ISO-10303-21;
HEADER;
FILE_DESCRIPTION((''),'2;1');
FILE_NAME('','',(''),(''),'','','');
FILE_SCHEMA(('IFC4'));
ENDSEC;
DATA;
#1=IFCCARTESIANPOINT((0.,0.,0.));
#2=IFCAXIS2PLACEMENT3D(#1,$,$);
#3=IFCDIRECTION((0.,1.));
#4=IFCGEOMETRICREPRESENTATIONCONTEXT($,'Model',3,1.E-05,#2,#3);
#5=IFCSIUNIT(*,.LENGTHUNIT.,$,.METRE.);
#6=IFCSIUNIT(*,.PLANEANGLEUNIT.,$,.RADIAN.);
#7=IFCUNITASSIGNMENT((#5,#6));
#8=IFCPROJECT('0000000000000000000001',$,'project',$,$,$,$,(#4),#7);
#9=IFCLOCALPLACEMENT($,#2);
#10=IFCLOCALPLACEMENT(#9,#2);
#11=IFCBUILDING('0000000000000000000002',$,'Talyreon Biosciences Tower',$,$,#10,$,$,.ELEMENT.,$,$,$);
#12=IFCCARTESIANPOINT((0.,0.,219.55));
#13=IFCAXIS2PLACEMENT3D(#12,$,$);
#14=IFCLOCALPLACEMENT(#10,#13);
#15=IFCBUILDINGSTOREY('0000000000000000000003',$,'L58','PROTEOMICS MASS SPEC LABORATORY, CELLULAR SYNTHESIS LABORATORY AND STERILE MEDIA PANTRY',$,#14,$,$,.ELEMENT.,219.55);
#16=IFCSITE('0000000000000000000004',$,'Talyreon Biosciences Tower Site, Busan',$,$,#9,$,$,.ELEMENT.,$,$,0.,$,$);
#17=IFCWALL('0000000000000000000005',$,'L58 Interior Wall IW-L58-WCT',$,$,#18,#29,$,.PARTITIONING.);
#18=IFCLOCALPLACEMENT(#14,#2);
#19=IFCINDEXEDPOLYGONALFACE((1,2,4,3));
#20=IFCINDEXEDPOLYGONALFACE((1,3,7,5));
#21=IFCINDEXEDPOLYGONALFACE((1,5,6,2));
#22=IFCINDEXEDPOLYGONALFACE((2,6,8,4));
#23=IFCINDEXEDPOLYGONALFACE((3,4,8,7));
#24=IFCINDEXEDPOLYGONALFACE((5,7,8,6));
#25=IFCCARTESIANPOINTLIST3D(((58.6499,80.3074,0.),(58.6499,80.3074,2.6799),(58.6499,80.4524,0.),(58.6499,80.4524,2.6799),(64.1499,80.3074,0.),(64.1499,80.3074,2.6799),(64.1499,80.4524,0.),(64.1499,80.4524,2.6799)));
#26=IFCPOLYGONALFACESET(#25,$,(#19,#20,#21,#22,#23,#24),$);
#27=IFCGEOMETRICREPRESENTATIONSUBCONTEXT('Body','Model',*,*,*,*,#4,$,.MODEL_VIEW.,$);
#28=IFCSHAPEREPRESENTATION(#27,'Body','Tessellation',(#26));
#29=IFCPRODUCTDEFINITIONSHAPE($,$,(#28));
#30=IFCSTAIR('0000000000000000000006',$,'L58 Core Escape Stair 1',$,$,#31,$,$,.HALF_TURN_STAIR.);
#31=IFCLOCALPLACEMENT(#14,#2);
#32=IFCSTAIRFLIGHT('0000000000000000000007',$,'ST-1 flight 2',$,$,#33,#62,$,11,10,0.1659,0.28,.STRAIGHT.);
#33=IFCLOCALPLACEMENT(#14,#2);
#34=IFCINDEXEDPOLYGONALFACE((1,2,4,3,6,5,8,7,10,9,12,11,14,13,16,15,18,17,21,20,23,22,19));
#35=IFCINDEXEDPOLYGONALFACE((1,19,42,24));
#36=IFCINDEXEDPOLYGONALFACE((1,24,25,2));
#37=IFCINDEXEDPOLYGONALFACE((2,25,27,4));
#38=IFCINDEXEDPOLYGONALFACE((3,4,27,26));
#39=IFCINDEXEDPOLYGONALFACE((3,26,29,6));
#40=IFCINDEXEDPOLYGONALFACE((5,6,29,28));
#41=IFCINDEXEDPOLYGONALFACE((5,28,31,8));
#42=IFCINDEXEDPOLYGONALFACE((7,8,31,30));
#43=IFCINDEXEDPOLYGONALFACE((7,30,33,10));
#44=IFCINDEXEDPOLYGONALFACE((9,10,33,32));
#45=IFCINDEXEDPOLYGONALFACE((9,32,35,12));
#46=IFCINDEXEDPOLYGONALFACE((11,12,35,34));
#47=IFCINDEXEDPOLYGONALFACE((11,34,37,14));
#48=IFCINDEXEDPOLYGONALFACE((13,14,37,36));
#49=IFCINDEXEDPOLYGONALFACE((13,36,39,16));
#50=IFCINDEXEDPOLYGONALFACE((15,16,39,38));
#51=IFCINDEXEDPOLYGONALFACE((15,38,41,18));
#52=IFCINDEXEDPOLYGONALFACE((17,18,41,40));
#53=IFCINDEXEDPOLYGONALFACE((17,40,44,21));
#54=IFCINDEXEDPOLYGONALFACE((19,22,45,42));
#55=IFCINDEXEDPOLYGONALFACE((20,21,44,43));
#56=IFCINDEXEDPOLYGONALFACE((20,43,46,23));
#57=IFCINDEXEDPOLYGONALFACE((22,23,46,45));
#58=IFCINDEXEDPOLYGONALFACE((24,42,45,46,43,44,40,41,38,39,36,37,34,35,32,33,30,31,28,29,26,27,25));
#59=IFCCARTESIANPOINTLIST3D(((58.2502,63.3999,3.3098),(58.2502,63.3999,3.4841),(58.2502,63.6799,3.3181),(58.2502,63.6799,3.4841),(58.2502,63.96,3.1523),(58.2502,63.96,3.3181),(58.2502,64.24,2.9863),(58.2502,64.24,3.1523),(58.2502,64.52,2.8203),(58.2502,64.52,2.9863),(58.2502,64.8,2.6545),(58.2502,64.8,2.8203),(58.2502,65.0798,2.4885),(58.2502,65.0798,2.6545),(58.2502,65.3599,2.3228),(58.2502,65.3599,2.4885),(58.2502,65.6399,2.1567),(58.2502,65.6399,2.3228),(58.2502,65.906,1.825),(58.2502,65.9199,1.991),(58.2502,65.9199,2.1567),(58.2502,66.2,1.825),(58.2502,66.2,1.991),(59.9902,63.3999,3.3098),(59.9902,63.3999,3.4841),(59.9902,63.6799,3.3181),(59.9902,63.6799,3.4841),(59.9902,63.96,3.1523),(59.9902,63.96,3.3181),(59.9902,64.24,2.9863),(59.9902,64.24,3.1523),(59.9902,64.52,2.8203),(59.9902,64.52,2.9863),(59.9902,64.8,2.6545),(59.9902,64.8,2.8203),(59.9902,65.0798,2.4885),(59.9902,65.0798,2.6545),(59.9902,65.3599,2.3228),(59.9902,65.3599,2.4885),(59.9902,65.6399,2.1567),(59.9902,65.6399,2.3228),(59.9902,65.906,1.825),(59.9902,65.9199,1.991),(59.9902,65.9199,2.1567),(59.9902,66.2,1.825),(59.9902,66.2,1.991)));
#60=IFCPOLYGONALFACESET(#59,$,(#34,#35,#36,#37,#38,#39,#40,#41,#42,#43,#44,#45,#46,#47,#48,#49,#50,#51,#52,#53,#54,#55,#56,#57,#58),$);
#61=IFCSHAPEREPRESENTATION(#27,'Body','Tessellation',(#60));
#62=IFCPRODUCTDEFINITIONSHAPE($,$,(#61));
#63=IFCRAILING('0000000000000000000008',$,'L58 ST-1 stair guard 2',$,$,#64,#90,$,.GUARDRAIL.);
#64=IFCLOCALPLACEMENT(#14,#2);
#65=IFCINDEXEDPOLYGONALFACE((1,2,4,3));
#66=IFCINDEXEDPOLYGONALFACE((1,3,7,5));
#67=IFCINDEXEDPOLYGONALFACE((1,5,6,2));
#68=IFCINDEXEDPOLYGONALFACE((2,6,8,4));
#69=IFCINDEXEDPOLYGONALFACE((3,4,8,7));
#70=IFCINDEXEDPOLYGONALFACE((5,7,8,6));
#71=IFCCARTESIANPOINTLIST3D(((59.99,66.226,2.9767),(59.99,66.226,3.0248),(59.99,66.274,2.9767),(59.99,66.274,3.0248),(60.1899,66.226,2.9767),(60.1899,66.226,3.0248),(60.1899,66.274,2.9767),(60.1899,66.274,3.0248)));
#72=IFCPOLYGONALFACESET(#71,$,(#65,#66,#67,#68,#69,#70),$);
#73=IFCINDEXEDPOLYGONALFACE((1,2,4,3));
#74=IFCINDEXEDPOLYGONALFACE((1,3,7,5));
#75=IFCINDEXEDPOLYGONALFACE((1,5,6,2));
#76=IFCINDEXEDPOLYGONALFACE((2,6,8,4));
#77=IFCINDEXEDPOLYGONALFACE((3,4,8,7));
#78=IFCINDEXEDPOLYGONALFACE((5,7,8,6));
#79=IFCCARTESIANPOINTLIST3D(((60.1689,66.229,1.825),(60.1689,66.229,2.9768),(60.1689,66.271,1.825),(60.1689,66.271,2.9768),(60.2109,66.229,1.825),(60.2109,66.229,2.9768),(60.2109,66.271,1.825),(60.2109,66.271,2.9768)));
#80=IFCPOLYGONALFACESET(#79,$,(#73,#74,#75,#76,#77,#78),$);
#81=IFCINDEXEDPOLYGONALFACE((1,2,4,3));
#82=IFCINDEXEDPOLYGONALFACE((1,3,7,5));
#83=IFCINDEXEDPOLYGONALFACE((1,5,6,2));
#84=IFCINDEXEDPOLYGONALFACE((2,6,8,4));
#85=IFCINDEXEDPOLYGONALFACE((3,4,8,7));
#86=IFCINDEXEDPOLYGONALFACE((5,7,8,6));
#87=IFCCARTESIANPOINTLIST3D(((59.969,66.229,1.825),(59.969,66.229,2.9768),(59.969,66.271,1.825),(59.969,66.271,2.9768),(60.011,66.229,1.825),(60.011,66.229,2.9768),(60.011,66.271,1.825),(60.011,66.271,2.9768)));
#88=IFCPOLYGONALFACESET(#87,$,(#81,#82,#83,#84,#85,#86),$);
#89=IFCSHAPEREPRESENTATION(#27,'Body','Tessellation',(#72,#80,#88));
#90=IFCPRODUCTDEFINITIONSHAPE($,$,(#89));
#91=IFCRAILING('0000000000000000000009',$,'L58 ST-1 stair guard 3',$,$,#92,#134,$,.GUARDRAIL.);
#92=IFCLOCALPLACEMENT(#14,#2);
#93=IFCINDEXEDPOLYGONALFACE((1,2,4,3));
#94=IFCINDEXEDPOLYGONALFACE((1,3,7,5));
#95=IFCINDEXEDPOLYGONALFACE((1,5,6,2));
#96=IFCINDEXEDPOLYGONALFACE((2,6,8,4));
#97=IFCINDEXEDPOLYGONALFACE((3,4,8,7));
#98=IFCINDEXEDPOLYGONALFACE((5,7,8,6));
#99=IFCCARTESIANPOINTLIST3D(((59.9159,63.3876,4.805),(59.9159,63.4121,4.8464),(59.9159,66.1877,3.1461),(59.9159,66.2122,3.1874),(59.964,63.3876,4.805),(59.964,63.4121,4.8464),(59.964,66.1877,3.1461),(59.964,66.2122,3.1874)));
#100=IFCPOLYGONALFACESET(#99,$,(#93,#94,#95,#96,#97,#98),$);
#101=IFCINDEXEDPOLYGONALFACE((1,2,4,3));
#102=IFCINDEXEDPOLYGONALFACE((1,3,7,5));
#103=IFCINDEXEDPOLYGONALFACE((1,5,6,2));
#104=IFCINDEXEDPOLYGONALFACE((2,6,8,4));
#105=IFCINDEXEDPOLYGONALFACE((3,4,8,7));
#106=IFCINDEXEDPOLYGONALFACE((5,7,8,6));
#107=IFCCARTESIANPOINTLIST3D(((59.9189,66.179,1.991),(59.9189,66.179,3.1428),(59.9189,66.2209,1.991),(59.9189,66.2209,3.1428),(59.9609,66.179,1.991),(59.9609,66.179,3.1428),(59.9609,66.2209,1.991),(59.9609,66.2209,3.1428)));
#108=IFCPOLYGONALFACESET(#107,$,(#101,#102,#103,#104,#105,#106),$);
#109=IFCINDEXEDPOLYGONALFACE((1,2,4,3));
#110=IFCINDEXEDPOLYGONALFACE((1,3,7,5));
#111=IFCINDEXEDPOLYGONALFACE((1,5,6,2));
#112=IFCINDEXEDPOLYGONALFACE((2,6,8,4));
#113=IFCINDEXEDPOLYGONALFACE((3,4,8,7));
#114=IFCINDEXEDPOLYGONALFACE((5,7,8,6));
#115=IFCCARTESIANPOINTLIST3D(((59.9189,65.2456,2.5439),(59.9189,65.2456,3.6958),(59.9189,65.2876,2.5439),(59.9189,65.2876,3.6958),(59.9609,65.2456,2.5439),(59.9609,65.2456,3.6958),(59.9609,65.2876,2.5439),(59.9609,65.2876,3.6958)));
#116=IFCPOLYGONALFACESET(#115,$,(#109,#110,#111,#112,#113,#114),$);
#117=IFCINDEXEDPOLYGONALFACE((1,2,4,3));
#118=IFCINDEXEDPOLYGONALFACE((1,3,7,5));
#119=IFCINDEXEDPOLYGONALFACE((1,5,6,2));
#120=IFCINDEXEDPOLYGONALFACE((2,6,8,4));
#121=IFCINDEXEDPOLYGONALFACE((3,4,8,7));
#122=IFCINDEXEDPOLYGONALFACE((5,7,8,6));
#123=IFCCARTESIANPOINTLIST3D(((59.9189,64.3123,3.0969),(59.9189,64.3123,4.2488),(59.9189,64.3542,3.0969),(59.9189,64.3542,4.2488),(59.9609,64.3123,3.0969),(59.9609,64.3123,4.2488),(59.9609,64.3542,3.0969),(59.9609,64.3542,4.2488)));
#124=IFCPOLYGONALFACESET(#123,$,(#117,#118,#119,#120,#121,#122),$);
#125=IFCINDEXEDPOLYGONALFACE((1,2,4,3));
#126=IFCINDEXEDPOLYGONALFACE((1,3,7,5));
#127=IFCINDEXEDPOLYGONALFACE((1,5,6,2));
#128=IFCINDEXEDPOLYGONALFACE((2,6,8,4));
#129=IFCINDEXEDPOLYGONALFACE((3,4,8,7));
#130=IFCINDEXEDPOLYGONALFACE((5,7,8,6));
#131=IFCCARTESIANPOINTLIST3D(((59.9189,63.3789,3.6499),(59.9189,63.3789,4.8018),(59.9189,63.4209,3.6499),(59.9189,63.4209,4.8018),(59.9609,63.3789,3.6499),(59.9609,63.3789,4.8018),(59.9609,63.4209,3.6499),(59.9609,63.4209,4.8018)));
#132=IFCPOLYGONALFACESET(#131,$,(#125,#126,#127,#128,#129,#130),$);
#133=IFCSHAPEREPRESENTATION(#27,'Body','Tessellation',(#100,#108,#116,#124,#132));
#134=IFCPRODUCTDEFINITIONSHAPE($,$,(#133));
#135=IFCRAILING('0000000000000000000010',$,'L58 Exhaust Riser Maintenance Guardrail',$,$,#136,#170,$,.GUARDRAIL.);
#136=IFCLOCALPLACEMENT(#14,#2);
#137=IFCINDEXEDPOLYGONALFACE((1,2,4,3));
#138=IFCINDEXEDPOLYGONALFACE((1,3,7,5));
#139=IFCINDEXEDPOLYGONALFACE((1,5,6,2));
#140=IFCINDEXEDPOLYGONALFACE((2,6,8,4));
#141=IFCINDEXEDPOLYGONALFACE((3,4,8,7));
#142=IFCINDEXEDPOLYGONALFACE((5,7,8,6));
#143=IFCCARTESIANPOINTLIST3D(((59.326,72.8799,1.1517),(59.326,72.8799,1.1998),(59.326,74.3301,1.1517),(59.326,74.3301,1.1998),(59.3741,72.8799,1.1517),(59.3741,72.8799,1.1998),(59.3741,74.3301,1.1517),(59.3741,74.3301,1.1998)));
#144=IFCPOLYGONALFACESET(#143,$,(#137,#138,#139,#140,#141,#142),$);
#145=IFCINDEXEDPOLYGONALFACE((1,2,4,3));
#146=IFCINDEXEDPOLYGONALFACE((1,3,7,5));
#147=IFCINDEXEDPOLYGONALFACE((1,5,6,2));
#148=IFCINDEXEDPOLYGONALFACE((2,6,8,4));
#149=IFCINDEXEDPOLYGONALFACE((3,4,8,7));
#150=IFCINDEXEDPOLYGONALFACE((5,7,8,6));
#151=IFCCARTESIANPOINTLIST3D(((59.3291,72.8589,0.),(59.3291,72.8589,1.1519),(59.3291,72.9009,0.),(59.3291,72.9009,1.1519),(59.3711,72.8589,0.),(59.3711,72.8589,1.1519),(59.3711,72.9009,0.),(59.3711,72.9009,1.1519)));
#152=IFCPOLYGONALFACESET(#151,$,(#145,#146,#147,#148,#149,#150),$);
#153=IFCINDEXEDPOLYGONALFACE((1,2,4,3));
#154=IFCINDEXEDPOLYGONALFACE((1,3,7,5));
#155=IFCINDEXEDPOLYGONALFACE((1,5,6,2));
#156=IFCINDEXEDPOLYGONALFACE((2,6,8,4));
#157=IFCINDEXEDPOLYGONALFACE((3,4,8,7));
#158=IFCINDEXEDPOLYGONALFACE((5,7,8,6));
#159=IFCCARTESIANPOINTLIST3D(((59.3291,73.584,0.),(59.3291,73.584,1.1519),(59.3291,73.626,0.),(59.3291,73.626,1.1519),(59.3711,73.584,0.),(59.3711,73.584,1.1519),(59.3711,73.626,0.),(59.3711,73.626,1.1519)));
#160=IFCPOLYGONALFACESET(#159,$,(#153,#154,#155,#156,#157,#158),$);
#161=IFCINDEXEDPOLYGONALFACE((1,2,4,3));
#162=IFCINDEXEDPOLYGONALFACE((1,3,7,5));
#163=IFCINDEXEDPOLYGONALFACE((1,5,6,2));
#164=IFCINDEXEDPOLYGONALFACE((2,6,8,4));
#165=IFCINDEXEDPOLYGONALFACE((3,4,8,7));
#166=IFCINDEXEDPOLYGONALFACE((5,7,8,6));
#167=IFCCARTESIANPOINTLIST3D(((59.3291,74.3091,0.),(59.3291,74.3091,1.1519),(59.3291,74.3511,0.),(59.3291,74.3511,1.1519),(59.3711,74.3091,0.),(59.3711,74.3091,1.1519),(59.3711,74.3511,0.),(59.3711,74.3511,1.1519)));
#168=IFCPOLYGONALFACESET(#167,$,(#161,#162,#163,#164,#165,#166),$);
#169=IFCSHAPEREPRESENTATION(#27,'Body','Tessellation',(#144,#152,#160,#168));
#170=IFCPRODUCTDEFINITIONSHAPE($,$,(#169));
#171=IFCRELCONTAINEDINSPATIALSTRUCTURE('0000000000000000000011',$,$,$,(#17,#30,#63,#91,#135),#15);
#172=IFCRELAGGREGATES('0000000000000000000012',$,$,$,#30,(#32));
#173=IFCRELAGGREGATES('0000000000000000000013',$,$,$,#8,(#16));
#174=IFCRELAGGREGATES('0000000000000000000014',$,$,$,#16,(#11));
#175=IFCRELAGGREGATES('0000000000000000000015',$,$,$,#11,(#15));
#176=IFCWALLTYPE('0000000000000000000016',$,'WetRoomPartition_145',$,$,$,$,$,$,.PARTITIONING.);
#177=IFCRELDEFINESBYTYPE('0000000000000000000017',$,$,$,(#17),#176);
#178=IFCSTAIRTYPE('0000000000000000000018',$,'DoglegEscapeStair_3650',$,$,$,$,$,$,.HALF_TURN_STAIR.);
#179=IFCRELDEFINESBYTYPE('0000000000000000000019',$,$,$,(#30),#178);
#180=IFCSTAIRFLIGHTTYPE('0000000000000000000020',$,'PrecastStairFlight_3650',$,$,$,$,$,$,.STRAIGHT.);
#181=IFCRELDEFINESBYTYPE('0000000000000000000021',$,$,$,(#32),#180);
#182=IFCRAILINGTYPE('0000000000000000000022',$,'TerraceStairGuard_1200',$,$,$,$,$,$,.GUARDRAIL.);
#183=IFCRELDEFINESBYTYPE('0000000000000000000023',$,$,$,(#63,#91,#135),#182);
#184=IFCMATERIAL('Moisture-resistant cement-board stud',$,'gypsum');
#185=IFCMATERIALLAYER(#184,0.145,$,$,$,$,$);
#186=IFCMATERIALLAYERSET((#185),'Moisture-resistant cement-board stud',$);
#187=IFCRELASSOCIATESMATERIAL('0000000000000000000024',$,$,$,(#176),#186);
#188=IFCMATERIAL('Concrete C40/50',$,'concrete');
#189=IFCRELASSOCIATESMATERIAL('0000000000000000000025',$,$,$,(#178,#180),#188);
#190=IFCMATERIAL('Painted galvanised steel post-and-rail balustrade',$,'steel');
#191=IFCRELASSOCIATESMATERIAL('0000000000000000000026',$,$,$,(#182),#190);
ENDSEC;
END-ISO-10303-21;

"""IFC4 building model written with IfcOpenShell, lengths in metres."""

from ifc_helpers import new_model, si_unit, direction, frame, frame_2d, origin, origin_2d, place, context, subcontext, project, spatial, polyline, rectangle, outline, extrude, material, layer, layer_set, type_object, element, aggregate, save


model = new_model("IFC4")

# Units and contexts
model_context = context("Model", 3, precision=1e-05, world=origin(), true_north=direction((0.0, 1.0)))
body_context = subcontext(model_context, "Body", "Model", "MODEL_VIEW")
ifc_project = project(units=[si_unit("LENGTHUNIT", "METRE"), si_unit("PLANEANGLEUNIT", "RADIAN")], contexts=[model_context])

# Site, building, storey
site_placement = place(None, origin())
site = spatial("IfcSite", under=ifc_project, at=site_placement, Name="Talyreon Biosciences Tower Site, Busan", CompositionType="ELEMENT", RefElevation=0.0)
building_placement = place(site_placement, origin())
building = spatial("IfcBuilding", under=site, at=building_placement, Name="Talyreon Biosciences Tower", CompositionType="ELEMENT")
storey_placement = place(building_placement, frame((0.0, 0.0, 219.55)))
storey = spatial("IfcBuildingStorey", under=building, at=storey_placement, Name="L58", Description="PROTEOMICS MASS SPEC LABORATORY, CELLULAR SYNTHESIS LABORATORY AND STERILE MEDIA PANTRY", CompositionType="ELEMENT", Elevation=219.55)

# Wall
ifc_material_1 = material(Name="Moisture-resistant cement-board stud", Category="gypsum")
ifc_layer_1 = layer(ifc_material_1, 0.145)
ifc_layer_set_1 = layer_set([ifc_layer_1], Name="Moisture-resistant cement-board stud")
wall_type_1 = type_object("IfcWallType", Name="WetRoomPartition_145", PredefinedType="PARTITIONING", material=ifc_layer_set_1)
wall_1_placement = place(storey_placement, frame((58.6499, 80.3799, 0.0), z_axis=(0.0, 0.0, 1.0), x_axis=(1.0, 0.0, 0.0)))
element("IfcWall", 1, at=wall_1_placement, inside=storey, type_object=wall_type_1, Name="L58 Interior Wall IW-L58-WCT", PredefinedType="PARTITIONING", context=body_context, shape_type="SweptSolid", body=[
    extrude(rectangle(XDim=5.5, YDim=0.145, at=frame_2d((2.75, 0.0))), origin(), (0.0, 0.0, 1.0), 2.6799),
])

# Stair, stair flight
ifc_material_2 = material(Name="Concrete C40/50", Category="concrete")
stair_type = type_object("IfcStairType", Name="DoglegEscapeStair_3650", PredefinedType="HALF_TURN_STAIR", material=ifc_material_2)
stair_placement = place(storey_placement, origin())
stair = element("IfcStair", 2, at=stair_placement, inside=storey, type_object=stair_type, Name="L58 Core Escape Stair 1", PredefinedType="HALF_TURN_STAIR")
stair_flight_type = type_object("IfcStairFlightType", Name="PrecastStairFlight_3650", PredefinedType="STRAIGHT", material=ifc_material_2)
stair_flight_placement = place(storey_placement, frame((59.1201, 66.2, 1.825), z_axis=(0.0, 0.0, 1.0), x_axis=(0.0, -1.0, 0.0)))
stair_flight = element("IfcStairFlight", 3, at=stair_flight_placement, type_object=stair_flight_type, Name="ST-1 flight 2", NumberOfRisers=11, NumberOfTreads=10, PredefinedType="STRAIGHT", RiserHeight=0.1659, TreadLength=0.28, context=body_context, shape_type="SweptSolid", body=[
    extrude(outline(polyline([(0.0, 0.0), (0.0, 0.166), (0.28, 0.166), (0.28, 0.3318), (0.5601, 0.3318), (0.5601, 0.4978), (0.8401, 0.4978), (0.8401, 0.6636), (1.1201, 0.6636), (1.1201, 0.8296), (1.3999, 0.8296), (1.3999, 0.9954), (1.6799, 0.9954), (1.6799, 1.1614), (1.96, 1.1614), (1.96, 1.3274), (2.24, 1.3274), (2.24, 1.4932), (2.52, 1.4932), (2.52, 1.6592), (2.8, 1.6592), (2.8, 1.825), (2.8, 1.4849), (0.2939, 0.0), (0.0, 0.0)])), frame((0.0, 0.8701, 0.0), z_axis=(0.0, -1.0, 0.0), x_axis=(1.0, 0.0, 0.0)), (0.0, 0.0, 1.0), 1.74),
])
aggregate(stair, [stair_flight])

# Railings
ifc_material_3 = material(Name="Painted galvanised steel post-and-rail balustrade", Category="steel")
railing_type = type_object("IfcRailingType", Name="TerraceStairGuard_1200", PredefinedType="GUARDRAIL", material=ifc_material_3)
railing_1_placement = place(storey_placement, frame((60.1899, 66.25, 1.825)))
element("IfcRailing", 4, at=railing_1_placement, inside=storey, type_object=railing_type, Name="L58 ST-1 stair guard 2", PredefinedType="GUARDRAIL", context=body_context, shape_type="SweptSolid", body=[
    extrude(rectangle(XDim=0.0481, YDim=0.0481, at=origin_2d()), frame((0.0, 0.0, 1.1758), z_axis=(-1.0, 0.0, 0.0), x_axis=(0.0, -1.0, 0.0)), (0.0, 0.0, 1.0), 0.2),
    extrude(rectangle(XDim=0.042, YDim=0.042, at=origin_2d()), origin(), (0.0, 0.0, 1.0), 1.1519),
    extrude(rectangle(XDim=0.042, YDim=0.042, at=origin_2d()), frame((-0.2, 0.0, 0.0)), (0.0, 0.0, 1.0), 1.1519),
])
railing_2_placement = place(storey_placement, frame((59.9399, 66.2, 1.991)))
element("IfcRailing", 5, at=railing_2_placement, inside=storey, type_object=railing_type, Name="L58 ST-1 stair guard 3", PredefinedType="GUARDRAIL", context=body_context, shape_type="SweptSolid", body=[
    extrude(rectangle(XDim=0.0481, YDim=0.0481, at=origin_2d()), frame((0.0, 0.0, 1.1758), z_axis=(0.0, -0.860339, 0.509722), x_axis=(1.0, 0.0, 0.0)), (0.0, 0.0, 1.0), 3.2546),
    extrude(rectangle(XDim=0.042, YDim=0.042, at=origin_2d()), origin(), (0.0, 0.0, 1.0), 1.1519),
    extrude(rectangle(XDim=0.042, YDim=0.042, at=origin_2d()), frame((0.0, -0.9333, 0.553)), (0.0, 0.0, 1.0), 1.1519),
    extrude(rectangle(XDim=0.042, YDim=0.042, at=origin_2d()), frame((0.0, -1.8667, 1.106)), (0.0, 0.0, 1.0), 1.1519),
    extrude(rectangle(XDim=0.042, YDim=0.042, at=origin_2d()), frame((0.0, -2.8, 1.6589)), (0.0, 0.0, 1.0), 1.1519),
])
railing_3_placement = place(storey_placement, frame((59.3501, 72.8799, 0.0)))
element("IfcRailing", 6, at=railing_3_placement, inside=storey, type_object=railing_type, Name="L58 Exhaust Riser Maintenance Guardrail", PredefinedType="GUARDRAIL", context=body_context, shape_type="SweptSolid", body=[
    extrude(rectangle(XDim=0.0481, YDim=0.0481, at=origin_2d()), frame((0.0, 0.0, 1.1758), z_axis=(0.0, 1.0, 0.0), x_axis=(-1.0, 0.0, 0.0)), (0.0, 0.0, 1.0), 1.4502),
    extrude(rectangle(XDim=0.042, YDim=0.042, at=origin_2d()), origin(), (0.0, 0.0, 1.0), 1.1519),
    extrude(rectangle(XDim=0.042, YDim=0.042, at=origin_2d()), frame((0.0, 0.7251, 0.0)), (0.0, 0.0, 1.0), 1.1519),
    extrude(rectangle(XDim=0.042, YDim=0.042, at=origin_2d()), frame((0.0, 1.4502, 0.0)), (0.0, 0.0, 1.0), 1.1519),
])

save(model, "model.ifc")
